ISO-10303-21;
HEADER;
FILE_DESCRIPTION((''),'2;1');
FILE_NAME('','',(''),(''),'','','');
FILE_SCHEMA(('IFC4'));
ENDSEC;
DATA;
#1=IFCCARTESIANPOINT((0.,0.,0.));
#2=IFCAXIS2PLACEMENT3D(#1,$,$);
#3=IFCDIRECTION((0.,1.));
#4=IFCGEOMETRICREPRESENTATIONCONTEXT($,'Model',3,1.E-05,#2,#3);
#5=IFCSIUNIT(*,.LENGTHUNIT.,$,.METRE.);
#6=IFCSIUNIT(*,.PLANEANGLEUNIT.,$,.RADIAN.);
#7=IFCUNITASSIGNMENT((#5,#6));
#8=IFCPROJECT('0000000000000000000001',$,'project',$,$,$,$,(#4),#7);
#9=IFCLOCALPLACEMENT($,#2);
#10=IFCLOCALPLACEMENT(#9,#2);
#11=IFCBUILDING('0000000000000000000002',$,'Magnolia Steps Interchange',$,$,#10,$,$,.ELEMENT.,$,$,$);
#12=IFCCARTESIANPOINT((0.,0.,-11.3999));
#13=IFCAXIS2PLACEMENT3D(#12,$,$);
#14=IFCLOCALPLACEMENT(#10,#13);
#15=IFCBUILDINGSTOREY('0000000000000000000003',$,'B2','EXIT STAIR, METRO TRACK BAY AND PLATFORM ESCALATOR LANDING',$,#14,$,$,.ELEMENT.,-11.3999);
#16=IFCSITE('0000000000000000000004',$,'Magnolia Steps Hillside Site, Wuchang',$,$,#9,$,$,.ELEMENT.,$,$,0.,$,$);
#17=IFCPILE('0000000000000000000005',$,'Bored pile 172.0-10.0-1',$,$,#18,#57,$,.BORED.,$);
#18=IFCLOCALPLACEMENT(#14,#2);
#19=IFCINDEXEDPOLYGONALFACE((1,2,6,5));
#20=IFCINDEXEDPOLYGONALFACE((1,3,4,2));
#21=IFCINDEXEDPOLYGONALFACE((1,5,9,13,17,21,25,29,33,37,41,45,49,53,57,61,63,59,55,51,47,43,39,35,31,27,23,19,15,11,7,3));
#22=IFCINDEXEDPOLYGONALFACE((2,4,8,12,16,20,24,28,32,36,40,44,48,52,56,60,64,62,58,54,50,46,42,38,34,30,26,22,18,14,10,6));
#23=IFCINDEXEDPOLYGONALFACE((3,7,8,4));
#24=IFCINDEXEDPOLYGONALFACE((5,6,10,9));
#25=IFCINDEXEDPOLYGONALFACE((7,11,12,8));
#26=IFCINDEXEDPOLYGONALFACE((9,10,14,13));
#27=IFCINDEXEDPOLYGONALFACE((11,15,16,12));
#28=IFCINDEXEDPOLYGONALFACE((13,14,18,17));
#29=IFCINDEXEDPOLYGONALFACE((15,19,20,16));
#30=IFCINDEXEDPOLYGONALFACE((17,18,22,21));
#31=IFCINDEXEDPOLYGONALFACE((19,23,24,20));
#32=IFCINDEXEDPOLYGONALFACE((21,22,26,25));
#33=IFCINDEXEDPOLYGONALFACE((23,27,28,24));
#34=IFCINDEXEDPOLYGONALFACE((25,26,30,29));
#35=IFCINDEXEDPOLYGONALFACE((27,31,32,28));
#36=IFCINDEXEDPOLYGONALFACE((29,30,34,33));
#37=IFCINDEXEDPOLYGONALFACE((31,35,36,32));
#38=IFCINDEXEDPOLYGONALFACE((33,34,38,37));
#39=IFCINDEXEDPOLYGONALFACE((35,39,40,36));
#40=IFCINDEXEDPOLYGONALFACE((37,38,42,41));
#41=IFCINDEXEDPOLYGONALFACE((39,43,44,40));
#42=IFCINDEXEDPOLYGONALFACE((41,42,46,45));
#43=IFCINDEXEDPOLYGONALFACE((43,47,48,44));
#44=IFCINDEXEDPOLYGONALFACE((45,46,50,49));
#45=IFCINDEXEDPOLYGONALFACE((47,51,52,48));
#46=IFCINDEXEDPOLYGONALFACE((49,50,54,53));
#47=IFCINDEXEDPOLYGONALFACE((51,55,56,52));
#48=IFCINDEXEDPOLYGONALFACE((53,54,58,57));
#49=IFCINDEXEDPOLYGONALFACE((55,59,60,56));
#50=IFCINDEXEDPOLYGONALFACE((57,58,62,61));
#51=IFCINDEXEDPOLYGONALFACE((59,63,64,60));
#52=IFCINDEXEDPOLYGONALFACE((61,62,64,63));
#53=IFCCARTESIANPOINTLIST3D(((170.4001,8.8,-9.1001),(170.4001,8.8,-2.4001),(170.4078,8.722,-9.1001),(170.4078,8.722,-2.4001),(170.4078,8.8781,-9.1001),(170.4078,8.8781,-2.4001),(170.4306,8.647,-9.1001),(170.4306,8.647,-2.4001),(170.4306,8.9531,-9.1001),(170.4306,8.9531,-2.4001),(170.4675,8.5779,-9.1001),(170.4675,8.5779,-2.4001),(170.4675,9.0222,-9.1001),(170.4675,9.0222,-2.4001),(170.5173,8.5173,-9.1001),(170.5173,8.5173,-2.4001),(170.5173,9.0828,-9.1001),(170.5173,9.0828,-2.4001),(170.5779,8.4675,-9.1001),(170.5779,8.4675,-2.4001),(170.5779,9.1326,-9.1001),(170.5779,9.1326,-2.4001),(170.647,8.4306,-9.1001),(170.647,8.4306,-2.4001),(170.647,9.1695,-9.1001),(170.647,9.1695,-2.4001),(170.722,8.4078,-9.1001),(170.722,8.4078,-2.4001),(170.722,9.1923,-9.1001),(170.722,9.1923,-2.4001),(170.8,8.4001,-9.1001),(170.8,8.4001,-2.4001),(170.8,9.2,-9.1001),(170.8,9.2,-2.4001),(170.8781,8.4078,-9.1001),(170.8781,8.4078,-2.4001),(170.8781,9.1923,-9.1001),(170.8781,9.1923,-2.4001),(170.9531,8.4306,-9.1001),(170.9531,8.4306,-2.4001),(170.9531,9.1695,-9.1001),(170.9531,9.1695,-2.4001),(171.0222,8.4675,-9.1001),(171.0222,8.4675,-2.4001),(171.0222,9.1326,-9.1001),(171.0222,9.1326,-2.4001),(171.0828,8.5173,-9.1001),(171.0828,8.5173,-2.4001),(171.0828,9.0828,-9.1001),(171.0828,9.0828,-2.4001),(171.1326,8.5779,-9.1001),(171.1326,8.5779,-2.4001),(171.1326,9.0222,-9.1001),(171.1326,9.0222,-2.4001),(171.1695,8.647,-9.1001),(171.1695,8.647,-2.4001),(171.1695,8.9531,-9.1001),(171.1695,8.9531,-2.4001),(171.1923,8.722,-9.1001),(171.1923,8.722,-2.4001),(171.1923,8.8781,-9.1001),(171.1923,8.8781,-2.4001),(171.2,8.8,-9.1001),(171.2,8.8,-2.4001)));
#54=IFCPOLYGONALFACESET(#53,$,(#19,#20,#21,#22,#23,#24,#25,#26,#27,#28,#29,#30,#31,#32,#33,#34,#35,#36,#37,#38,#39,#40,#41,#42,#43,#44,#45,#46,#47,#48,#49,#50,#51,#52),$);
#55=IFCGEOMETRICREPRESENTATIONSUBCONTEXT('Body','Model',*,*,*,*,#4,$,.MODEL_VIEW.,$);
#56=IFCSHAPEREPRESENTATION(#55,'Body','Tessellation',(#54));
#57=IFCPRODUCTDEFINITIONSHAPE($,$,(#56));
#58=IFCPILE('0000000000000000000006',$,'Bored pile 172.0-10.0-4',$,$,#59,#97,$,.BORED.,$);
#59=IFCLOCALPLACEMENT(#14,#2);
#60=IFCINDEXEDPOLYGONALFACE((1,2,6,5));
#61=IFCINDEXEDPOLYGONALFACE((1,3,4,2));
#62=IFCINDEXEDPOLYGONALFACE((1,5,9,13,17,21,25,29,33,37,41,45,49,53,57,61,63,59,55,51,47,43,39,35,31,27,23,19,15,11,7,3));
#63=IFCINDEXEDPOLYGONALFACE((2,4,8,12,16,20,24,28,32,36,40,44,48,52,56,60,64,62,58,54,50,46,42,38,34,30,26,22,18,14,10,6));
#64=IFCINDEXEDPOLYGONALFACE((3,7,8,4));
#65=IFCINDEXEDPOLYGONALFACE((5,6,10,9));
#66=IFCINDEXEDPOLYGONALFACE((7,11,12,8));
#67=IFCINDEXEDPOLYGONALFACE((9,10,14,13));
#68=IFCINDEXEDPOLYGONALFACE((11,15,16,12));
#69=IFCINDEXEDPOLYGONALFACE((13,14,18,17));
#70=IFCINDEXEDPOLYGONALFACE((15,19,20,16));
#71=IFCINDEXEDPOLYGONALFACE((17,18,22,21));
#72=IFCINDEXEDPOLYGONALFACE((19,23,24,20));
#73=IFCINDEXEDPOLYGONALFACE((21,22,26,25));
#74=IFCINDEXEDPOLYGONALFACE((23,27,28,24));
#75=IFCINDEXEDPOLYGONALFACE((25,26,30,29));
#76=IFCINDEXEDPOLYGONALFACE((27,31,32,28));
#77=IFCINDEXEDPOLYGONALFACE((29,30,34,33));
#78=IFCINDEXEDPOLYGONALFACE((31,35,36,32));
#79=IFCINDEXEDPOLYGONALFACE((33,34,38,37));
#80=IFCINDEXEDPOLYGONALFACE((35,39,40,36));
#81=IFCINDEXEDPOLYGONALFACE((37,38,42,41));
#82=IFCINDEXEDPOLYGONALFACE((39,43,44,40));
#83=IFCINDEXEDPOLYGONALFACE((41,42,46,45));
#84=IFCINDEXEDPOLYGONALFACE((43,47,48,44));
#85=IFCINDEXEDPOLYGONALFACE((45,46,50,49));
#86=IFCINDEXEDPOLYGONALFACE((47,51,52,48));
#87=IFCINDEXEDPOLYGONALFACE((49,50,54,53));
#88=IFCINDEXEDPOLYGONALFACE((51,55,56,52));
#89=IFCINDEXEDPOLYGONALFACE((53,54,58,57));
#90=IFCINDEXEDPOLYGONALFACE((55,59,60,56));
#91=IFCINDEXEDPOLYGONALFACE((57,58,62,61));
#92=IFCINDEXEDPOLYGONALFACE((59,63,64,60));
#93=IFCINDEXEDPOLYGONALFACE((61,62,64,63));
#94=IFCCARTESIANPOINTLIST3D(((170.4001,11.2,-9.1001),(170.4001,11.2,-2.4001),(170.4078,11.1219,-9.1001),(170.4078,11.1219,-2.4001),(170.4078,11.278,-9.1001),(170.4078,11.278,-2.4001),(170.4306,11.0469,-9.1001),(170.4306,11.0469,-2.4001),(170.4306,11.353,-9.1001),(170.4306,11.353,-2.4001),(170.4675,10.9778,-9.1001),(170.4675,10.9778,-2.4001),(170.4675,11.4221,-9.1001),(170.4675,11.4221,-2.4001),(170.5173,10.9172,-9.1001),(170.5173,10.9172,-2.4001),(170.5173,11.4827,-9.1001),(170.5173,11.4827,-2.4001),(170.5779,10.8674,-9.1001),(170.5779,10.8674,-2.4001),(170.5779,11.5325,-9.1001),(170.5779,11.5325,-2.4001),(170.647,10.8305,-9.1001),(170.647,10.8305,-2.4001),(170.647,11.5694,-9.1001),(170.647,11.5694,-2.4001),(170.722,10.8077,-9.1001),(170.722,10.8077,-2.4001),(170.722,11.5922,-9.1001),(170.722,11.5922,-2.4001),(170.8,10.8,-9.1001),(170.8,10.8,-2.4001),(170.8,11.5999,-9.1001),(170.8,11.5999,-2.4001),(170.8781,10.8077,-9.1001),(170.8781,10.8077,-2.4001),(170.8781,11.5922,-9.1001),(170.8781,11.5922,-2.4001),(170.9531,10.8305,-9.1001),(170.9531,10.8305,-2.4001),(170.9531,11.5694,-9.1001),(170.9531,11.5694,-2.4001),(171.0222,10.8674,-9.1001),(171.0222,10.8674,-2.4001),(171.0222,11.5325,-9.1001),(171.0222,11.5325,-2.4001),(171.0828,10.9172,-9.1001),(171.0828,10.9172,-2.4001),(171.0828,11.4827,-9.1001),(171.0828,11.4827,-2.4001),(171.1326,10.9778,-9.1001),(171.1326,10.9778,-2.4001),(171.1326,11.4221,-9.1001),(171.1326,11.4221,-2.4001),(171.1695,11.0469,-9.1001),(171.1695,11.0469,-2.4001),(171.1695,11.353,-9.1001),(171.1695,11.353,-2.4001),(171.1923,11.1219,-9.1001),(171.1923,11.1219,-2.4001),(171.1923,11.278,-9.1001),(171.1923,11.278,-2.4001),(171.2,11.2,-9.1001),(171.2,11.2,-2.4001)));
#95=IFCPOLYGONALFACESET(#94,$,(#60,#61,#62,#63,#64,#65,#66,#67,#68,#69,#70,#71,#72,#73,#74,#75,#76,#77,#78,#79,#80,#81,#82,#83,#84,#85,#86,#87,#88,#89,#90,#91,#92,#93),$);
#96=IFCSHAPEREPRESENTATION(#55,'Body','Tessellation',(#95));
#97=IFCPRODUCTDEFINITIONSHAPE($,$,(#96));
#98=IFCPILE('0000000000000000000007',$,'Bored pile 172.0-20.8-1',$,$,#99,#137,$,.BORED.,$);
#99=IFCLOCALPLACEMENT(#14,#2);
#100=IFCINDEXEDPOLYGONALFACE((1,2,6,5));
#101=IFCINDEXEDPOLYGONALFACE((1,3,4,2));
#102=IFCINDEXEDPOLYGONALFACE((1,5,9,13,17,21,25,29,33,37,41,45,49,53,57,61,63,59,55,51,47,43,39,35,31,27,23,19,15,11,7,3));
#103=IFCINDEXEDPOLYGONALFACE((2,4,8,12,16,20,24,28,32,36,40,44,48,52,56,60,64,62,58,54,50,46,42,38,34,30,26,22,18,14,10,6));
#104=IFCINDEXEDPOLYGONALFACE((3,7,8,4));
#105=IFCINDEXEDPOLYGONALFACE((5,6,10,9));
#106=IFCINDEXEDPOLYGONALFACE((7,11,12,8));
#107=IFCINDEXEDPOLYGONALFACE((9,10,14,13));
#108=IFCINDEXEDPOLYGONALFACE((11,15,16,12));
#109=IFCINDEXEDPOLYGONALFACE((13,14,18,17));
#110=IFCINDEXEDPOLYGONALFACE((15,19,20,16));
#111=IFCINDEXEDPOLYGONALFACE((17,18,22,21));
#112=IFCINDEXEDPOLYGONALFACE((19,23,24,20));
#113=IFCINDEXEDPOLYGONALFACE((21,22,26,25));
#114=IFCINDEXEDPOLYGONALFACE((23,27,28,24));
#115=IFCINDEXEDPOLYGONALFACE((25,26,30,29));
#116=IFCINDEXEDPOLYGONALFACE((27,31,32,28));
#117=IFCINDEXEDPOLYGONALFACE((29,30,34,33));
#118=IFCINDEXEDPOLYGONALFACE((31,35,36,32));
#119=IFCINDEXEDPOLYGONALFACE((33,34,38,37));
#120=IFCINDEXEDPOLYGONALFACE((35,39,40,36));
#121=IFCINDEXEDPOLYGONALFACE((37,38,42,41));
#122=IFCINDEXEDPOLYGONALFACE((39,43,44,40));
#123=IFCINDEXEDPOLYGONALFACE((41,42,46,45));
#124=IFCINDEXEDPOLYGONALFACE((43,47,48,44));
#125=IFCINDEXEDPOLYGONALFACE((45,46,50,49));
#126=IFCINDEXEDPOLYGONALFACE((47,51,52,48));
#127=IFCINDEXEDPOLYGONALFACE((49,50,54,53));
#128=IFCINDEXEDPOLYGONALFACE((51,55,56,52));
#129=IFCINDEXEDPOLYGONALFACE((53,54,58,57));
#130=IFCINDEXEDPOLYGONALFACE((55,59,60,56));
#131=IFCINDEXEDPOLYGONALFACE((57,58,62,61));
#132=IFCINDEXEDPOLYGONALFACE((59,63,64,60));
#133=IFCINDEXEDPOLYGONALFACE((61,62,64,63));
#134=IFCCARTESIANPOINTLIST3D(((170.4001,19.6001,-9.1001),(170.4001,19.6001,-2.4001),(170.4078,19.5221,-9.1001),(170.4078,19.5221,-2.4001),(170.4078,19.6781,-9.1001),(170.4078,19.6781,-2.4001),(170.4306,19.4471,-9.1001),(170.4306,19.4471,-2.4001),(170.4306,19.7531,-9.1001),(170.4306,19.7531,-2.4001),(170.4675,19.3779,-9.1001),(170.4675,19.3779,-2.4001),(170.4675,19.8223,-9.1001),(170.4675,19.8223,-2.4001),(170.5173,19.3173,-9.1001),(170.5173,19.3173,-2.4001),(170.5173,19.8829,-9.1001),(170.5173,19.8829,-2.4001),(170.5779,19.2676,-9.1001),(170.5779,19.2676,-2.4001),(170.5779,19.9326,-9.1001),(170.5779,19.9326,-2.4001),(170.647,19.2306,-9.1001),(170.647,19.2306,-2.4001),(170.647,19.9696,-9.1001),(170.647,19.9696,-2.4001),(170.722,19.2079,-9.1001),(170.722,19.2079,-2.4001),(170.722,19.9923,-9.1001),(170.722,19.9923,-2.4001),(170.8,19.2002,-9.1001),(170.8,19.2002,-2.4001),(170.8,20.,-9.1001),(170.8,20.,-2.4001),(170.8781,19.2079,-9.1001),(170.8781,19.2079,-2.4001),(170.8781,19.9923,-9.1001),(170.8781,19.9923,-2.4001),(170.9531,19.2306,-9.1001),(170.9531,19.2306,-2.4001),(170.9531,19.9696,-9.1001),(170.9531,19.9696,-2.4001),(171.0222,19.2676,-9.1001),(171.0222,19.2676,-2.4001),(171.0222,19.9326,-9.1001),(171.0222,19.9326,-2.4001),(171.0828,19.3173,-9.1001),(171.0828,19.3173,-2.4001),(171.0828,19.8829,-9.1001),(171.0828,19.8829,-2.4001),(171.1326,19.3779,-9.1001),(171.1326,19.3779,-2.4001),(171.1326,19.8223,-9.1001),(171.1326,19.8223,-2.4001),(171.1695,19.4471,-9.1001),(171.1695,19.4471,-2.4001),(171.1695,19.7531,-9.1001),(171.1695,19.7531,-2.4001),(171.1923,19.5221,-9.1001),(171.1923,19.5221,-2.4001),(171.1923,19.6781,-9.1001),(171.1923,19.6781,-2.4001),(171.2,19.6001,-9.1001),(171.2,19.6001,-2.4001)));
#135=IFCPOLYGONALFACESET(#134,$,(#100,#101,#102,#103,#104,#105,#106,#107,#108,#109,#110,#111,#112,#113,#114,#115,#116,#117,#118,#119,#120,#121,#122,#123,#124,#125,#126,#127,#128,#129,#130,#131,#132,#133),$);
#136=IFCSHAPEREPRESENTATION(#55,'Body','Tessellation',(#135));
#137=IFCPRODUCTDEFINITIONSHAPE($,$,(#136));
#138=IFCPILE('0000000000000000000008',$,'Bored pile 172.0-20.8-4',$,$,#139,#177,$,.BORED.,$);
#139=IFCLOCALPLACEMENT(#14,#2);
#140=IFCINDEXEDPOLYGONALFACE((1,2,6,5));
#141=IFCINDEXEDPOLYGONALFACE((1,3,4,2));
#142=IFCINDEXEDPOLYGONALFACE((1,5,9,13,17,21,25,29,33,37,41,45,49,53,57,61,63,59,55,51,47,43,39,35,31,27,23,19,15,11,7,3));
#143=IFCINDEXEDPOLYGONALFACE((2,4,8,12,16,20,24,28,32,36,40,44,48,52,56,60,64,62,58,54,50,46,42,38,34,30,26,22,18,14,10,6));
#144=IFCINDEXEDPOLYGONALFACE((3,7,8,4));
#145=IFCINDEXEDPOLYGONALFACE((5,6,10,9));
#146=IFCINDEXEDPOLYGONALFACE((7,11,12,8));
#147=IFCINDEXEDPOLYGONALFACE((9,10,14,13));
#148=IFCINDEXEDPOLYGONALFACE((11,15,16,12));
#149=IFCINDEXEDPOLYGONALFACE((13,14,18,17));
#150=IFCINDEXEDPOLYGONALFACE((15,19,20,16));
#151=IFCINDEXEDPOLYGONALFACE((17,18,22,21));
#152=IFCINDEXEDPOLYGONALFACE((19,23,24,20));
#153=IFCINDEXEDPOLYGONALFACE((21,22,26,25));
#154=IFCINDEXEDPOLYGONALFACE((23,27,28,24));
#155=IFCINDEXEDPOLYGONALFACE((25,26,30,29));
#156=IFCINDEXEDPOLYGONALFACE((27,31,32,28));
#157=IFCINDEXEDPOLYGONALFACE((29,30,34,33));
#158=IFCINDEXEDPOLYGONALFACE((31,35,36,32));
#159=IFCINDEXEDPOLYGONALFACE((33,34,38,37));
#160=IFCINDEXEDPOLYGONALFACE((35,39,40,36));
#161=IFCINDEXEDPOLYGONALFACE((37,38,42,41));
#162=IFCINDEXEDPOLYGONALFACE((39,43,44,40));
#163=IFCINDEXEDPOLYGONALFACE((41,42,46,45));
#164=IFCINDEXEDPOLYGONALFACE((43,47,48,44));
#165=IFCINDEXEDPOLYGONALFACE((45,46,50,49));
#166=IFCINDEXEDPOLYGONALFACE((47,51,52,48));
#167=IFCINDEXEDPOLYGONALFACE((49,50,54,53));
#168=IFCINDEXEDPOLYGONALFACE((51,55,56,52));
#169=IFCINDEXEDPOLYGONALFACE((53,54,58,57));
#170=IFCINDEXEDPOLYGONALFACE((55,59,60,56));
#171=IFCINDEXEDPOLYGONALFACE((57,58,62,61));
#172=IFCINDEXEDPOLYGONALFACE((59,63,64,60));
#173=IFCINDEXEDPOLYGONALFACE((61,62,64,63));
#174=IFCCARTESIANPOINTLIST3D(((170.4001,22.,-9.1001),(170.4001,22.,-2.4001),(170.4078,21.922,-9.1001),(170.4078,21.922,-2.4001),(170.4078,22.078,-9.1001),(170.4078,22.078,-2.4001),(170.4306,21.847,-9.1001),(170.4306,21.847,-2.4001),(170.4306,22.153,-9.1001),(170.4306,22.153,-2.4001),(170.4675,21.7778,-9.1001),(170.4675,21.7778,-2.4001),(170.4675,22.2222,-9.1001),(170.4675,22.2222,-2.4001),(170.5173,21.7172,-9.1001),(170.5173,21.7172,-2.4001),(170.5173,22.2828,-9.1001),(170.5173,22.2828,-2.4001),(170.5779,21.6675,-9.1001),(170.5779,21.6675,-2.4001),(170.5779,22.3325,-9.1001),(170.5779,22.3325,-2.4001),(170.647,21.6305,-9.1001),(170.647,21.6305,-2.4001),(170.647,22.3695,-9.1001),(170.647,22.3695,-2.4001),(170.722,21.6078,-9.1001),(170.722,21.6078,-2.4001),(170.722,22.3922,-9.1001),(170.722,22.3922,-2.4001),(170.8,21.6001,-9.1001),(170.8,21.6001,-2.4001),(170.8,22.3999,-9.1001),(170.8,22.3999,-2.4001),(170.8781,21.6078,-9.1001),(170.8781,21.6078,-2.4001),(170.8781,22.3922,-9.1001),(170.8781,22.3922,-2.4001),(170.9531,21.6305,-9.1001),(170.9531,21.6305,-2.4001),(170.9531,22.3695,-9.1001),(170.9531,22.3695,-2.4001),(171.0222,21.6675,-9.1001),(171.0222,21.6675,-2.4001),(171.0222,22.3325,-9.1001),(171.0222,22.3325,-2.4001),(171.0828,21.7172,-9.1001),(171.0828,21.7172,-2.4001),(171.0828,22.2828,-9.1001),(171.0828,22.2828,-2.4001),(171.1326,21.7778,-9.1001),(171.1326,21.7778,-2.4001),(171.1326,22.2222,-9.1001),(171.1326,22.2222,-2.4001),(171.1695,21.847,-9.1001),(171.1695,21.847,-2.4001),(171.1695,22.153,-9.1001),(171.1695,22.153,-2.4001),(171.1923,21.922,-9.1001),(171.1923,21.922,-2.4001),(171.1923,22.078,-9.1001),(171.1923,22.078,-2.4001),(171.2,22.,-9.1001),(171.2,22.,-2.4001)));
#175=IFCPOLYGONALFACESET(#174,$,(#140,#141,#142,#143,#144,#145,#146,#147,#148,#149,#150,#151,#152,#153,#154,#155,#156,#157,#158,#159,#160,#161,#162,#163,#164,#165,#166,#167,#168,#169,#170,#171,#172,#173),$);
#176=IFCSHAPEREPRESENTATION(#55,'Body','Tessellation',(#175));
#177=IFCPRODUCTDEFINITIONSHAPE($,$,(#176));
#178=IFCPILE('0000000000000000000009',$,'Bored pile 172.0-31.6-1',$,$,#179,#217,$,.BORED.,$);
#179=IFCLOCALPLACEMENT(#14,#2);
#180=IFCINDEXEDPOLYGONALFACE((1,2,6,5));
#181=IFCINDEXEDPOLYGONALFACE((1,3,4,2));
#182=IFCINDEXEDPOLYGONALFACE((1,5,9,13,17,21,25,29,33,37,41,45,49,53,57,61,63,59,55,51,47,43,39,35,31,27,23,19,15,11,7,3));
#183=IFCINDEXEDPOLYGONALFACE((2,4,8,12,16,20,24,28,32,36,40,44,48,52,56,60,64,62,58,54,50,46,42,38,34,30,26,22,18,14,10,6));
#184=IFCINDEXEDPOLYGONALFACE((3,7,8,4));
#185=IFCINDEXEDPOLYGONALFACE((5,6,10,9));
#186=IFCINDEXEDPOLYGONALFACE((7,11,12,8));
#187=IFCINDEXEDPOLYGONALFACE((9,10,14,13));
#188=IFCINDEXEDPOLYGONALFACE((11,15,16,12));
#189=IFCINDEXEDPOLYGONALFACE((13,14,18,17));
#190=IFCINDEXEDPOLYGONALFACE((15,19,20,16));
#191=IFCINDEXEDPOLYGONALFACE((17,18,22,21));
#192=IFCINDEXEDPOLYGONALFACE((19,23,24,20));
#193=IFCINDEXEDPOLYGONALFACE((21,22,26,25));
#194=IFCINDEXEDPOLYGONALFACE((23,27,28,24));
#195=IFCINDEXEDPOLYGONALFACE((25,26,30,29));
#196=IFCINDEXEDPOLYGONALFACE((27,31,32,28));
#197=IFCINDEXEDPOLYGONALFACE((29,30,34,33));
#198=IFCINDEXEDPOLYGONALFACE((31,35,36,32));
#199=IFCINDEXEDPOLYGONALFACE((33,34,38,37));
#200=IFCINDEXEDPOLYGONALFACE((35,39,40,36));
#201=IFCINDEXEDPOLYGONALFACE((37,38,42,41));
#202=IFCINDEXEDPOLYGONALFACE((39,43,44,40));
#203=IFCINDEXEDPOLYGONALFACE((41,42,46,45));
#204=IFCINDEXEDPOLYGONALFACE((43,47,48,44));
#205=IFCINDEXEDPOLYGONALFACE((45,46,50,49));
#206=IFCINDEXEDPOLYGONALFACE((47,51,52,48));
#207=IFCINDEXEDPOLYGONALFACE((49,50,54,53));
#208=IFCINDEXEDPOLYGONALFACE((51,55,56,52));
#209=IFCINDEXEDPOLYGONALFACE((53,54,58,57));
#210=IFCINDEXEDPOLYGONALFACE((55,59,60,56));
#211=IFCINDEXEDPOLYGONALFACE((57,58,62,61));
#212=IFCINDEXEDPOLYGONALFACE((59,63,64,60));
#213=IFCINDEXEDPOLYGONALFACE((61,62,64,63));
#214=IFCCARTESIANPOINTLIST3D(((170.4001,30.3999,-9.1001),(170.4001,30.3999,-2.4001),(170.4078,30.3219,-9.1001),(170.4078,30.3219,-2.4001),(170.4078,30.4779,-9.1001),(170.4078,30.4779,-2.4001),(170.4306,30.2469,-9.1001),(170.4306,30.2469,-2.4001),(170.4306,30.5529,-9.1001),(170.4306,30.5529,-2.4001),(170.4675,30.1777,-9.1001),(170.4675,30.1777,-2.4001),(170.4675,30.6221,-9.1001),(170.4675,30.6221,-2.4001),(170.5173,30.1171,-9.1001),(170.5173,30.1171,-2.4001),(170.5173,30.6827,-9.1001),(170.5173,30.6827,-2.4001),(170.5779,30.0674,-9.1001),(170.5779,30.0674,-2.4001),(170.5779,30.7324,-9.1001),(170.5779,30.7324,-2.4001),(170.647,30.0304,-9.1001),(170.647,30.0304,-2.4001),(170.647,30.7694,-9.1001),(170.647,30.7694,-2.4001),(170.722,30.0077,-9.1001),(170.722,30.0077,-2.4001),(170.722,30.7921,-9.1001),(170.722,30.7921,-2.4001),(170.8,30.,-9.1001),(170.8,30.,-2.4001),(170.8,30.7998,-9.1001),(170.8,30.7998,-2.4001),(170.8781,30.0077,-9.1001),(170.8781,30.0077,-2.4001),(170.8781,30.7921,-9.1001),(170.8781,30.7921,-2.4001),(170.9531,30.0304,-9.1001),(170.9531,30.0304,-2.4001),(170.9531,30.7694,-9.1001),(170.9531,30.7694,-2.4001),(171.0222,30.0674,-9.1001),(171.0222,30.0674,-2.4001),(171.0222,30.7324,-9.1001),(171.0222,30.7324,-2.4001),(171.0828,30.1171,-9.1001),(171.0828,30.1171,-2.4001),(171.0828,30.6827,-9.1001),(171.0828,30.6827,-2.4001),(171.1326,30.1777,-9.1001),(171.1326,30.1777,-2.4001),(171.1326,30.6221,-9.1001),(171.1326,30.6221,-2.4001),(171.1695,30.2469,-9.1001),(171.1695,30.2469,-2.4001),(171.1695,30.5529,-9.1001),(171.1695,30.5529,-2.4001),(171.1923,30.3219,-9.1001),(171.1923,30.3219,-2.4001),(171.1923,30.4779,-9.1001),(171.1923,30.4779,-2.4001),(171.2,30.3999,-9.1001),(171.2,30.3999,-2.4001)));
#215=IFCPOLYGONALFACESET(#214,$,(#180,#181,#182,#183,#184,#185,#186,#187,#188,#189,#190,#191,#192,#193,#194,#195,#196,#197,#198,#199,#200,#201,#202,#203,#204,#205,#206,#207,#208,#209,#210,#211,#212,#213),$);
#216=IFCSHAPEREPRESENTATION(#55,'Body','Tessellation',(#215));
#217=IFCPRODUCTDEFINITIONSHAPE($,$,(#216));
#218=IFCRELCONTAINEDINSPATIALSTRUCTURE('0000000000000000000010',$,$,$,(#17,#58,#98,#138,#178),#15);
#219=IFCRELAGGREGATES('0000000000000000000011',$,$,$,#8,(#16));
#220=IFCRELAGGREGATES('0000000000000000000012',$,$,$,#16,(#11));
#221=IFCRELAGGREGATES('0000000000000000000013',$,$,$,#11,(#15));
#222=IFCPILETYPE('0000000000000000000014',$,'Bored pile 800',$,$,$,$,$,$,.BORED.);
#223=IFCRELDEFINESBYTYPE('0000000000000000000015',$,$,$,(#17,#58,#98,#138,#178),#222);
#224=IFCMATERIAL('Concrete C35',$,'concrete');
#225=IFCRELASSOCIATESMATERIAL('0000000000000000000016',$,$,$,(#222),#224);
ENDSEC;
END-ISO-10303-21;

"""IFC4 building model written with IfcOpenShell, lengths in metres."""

from ifc_helpers import new_model, si_unit, direction, frame, origin, origin_2d, place, context, subcontext, project, spatial, circle, extrude, material, material_profile, profile_set, type_object, element, save


model = new_model("IFC4")

# Units and contexts
model_context = context("Model", 3, precision=1e-05, world=origin(), true_north=direction((0.0, 1.0)))
body_context = subcontext(model_context, "Body", "Model", "MODEL_VIEW")
ifc_project = project(units=[si_unit("LENGTHUNIT", "METRE"), si_unit("PLANEANGLEUNIT", "RADIAN")], contexts=[model_context])

# Site, building, storey
site_placement = place(None, origin())
site = spatial("IfcSite", under=ifc_project, at=site_placement, Name="Magnolia Steps Hillside Site, Wuchang", CompositionType="ELEMENT", RefElevation=0.0)
building_placement = place(site_placement, origin())
building = spatial("IfcBuilding", under=site, at=building_placement, Name="Magnolia Steps Interchange", CompositionType="ELEMENT")
storey_placement = place(building_placement, frame((0.0, 0.0, -11.3999)))
storey = spatial("IfcBuildingStorey", under=building, at=storey_placement, Name="B2", Description="EXIT STAIR, METRO TRACK BAY AND PLATFORM ESCALATOR LANDING", CompositionType="ELEMENT", Elevation=-11.3999)

# Piles
ifc_material_1 = material(Name="Concrete C35", Category="concrete")
ifc_material_profile_1 = material_profile(ifc_material_1, circle(Radius=0.3999, at=origin_2d()), Name="Bored pile 800")
ifc_profile_set_1 = profile_set([ifc_material_profile_1], Name="Concrete C35")
pile_type = type_object("IfcPileType", Name="Bored pile 800", PredefinedType="BORED", material=ifc_profile_set_1)
for number, where, z_axis, x_axis, name in (
    (1, (170.8, 8.8, -2.4001), (0.0, 0.0, -1.0), (1.0, 0.0, 0.0), "Bored pile 172.0-10.0-1"),
    (2, (170.8, 11.2, -2.4001), (0.0, 0.0, -1.0), (1.0, 0.0, 0.0), "Bored pile 172.0-10.0-4"),
    (3, (170.8, 19.6001, -2.4001), (0.0, 0.0, -1.0), (1.0, 0.0, 0.0), "Bored pile 172.0-20.8-1"),
    (4, (170.8, 22.0, -2.4001), (0.0, 0.0, -1.0), (1.0, 0.0, 0.0), "Bored pile 172.0-20.8-4"),
    (5, (170.8, 30.3999, -2.4001), (0.0, 0.0, -1.0), (1.0, 0.0, 0.0), "Bored pile 172.0-31.6-1"),
):
    element("IfcPile", number, at=place(storey_placement, frame(where, z_axis=z_axis, x_axis=x_axis)), inside=storey, type_object=pile_type, Name=name, PredefinedType="BORED", context=body_context, shape_type="SweptSolid", body=[
        extrude(circle(Radius=0.3999, at=origin_2d()), origin(), (0.0, 0.0, 1.0), 6.7),
    ])

save(model, "model.ifc")
